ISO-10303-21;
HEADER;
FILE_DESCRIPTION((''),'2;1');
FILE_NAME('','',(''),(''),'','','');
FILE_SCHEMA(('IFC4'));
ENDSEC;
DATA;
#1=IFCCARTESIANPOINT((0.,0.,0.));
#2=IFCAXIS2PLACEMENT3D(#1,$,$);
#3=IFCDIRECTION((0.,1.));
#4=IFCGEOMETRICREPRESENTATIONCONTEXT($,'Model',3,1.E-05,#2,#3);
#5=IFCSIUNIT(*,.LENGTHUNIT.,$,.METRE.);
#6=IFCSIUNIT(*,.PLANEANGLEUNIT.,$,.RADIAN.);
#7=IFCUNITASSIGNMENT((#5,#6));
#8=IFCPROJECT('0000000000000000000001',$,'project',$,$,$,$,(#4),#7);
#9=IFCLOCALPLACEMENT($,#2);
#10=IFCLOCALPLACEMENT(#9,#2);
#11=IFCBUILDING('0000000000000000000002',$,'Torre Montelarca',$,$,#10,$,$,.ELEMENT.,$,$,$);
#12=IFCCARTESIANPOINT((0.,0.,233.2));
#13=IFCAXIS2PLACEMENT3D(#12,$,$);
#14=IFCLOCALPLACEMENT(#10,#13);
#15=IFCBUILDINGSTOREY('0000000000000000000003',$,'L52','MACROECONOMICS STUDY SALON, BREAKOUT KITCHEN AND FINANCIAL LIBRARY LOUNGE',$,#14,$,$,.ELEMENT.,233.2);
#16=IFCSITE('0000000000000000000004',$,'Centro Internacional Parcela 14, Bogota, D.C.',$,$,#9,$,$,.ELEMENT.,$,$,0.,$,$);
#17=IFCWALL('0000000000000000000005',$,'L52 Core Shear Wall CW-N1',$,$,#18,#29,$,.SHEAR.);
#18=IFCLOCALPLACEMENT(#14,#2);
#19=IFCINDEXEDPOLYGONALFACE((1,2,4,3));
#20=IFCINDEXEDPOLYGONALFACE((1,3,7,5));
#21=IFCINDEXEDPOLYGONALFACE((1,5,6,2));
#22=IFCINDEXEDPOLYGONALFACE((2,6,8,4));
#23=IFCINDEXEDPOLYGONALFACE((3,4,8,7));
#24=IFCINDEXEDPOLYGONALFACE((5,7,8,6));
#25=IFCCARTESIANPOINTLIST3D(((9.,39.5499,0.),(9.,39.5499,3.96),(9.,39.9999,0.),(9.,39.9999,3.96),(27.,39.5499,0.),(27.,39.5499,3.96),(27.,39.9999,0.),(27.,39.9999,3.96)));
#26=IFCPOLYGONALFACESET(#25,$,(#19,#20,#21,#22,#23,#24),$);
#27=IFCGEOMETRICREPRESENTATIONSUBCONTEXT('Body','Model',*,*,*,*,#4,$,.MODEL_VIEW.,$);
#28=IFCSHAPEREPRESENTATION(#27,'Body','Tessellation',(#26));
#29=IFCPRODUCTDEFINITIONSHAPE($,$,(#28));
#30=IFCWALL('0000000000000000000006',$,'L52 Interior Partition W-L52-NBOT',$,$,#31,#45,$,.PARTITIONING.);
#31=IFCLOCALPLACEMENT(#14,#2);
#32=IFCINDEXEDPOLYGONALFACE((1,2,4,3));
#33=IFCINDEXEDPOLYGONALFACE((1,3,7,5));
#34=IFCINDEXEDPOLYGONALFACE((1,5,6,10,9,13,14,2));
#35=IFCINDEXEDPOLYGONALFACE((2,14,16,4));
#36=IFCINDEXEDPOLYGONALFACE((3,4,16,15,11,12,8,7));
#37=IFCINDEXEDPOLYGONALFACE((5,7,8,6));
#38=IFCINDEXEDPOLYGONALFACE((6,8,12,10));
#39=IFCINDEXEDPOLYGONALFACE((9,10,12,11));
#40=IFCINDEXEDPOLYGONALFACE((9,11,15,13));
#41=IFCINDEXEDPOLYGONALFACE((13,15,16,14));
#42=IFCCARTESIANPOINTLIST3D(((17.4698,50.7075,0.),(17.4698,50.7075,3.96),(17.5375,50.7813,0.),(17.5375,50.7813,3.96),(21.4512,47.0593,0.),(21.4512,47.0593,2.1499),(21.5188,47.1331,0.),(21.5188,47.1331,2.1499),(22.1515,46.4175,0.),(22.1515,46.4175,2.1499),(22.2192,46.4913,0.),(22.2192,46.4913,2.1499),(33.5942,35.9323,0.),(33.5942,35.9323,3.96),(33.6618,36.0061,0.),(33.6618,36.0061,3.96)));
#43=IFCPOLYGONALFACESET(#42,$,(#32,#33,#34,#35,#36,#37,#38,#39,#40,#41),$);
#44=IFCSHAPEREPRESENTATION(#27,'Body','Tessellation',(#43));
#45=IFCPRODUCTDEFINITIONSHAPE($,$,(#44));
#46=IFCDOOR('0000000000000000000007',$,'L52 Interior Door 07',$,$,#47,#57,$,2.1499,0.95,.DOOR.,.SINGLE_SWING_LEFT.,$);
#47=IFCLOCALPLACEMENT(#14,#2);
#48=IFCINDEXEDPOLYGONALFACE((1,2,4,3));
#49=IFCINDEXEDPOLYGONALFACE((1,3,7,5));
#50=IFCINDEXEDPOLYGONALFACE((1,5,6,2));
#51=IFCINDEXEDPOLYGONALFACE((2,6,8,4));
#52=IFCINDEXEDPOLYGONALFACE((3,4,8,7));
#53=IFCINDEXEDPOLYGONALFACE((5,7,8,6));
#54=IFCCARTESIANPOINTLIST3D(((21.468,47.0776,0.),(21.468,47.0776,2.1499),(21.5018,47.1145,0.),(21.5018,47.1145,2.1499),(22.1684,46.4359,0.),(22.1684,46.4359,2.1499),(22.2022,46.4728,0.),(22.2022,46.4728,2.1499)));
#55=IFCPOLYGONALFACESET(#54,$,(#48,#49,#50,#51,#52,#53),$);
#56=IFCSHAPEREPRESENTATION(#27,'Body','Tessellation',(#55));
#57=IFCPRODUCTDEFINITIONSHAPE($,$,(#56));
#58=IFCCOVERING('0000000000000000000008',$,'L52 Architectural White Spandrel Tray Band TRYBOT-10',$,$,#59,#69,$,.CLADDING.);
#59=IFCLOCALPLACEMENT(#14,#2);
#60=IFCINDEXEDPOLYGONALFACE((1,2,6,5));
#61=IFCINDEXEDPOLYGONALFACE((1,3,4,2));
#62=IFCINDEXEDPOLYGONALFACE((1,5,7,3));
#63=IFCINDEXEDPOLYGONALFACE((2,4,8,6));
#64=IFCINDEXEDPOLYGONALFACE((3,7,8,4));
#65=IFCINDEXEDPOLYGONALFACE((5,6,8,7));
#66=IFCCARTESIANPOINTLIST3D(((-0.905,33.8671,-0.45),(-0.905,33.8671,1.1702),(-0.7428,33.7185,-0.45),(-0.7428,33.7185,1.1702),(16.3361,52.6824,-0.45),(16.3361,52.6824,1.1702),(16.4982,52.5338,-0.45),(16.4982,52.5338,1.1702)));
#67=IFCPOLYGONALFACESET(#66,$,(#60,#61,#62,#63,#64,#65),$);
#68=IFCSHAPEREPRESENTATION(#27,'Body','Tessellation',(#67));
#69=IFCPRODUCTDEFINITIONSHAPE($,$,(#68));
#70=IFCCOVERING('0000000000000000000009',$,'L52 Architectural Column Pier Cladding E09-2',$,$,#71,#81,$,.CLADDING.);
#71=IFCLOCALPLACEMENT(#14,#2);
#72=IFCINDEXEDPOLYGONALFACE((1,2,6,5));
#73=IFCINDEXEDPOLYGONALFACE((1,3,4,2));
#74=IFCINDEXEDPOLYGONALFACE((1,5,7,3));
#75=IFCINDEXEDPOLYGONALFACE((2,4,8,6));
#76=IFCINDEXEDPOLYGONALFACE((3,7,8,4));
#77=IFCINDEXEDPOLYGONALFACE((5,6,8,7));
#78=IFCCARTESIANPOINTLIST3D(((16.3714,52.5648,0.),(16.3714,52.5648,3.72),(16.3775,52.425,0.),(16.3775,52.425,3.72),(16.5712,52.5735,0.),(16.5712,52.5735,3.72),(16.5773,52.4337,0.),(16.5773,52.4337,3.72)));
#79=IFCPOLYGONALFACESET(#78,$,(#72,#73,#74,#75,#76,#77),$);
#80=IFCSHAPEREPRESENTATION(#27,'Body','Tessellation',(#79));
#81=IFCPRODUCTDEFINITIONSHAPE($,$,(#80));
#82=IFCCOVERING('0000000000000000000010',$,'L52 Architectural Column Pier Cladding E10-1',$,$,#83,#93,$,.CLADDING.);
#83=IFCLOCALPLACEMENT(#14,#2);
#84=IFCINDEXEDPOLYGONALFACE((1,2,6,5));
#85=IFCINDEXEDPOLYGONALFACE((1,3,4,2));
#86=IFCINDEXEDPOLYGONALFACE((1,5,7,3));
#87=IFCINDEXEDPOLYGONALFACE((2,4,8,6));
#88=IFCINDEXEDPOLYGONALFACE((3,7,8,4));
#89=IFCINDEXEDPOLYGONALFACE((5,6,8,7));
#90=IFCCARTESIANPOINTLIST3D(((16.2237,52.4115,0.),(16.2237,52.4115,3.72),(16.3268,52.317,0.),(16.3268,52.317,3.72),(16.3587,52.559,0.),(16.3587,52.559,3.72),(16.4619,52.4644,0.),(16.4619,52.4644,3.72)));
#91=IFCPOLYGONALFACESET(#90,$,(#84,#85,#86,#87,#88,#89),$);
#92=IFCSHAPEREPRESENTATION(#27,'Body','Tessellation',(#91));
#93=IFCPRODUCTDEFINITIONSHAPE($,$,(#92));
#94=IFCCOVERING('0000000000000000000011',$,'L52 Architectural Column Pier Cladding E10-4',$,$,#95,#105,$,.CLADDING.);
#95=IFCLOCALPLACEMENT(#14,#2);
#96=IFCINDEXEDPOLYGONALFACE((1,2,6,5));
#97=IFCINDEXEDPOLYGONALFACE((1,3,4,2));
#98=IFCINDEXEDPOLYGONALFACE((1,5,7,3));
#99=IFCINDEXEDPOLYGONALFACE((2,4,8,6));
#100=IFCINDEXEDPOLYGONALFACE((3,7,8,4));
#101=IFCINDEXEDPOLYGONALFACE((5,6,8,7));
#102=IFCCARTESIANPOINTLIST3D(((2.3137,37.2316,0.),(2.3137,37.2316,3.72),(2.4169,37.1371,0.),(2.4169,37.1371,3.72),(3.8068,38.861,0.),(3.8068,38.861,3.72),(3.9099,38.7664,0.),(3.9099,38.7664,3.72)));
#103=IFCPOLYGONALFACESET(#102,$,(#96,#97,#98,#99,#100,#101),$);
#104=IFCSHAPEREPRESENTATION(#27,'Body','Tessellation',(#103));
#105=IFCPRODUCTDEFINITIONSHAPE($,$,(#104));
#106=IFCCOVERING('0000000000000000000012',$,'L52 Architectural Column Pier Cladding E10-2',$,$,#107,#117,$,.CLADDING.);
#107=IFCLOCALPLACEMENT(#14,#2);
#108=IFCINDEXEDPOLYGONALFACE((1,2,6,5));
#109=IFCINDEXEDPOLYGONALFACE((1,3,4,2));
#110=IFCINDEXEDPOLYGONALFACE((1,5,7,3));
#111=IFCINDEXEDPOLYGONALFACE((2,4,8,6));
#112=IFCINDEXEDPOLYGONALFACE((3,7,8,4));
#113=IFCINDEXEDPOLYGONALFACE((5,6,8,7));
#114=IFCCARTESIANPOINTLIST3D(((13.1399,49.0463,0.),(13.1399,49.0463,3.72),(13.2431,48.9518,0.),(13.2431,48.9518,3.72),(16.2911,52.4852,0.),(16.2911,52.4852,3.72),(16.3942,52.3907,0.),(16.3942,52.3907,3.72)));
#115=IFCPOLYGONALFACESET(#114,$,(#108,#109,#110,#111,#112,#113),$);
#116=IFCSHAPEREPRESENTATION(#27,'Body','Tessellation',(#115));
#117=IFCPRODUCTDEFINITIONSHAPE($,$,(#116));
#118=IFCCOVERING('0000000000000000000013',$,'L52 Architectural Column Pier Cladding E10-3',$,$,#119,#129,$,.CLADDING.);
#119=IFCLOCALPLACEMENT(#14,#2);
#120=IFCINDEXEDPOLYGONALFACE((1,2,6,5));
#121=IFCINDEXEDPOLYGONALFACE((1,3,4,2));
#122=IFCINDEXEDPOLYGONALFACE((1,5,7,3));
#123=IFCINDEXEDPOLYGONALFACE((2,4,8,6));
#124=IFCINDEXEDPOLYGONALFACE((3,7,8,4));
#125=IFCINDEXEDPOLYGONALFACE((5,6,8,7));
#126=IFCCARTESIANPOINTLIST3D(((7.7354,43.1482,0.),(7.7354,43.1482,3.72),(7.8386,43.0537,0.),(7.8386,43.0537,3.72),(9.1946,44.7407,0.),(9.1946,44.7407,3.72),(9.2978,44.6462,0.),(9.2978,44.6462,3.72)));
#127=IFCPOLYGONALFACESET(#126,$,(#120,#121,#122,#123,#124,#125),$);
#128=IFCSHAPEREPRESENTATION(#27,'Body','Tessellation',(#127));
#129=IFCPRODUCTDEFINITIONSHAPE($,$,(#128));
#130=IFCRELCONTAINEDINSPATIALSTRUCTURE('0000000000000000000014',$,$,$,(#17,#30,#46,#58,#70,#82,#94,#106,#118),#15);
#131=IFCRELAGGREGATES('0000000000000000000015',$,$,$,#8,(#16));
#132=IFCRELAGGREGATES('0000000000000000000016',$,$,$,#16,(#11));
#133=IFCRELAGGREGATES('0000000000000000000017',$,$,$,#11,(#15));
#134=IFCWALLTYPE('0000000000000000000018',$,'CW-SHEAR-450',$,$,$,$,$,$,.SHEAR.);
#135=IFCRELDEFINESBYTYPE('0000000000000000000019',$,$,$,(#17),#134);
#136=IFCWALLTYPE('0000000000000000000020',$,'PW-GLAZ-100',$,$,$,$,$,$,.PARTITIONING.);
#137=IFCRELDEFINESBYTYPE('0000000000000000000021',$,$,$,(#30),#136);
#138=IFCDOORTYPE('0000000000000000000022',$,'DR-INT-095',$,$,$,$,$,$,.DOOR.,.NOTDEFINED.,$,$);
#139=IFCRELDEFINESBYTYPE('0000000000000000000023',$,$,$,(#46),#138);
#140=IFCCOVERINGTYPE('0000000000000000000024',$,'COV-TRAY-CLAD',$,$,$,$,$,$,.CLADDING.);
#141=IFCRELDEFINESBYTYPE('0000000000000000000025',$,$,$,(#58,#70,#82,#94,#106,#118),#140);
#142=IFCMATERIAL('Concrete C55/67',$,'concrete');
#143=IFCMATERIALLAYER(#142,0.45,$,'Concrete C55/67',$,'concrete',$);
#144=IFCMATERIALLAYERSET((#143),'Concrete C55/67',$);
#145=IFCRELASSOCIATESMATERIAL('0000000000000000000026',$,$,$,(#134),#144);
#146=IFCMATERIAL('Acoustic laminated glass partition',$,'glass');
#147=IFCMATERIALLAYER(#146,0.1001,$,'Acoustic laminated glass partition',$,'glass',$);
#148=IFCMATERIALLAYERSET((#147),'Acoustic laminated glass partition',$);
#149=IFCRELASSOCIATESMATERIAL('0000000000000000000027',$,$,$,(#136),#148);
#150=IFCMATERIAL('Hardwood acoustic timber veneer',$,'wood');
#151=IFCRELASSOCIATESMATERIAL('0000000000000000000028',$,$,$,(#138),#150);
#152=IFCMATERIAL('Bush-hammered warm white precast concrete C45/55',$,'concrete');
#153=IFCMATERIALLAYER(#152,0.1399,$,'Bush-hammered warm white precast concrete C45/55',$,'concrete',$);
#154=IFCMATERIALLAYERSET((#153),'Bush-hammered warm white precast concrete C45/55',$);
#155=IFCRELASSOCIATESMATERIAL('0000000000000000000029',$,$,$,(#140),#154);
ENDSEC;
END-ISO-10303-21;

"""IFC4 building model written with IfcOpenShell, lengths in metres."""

from ifc_helpers import new_model, si_unit, direction, frame, frame_2d, origin, origin_2d, place, context, subcontext, project, spatial, rectangle, extrude, source, transform, mapped, material, layer, layer_set, type_object, element, fill, save


model = new_model("IFC4")

# Units and contexts
model_context = context("Model", 3, precision=1e-05, world=origin(), true_north=direction((0.0, 1.0)))
body_context = subcontext(model_context, "Body", "Model", "MODEL_VIEW")
ifc_project = project(units=[si_unit("LENGTHUNIT", "METRE"), si_unit("PLANEANGLEUNIT", "RADIAN")], contexts=[model_context])

# Site, building, storey
site_placement = place(None, origin())
site = spatial("IfcSite", under=ifc_project, at=site_placement, Name="Centro Internacional Parcela 14, Bogota, D.C.", CompositionType="ELEMENT", RefElevation=0.0)
building_placement = place(site_placement, origin())
building = spatial("IfcBuilding", under=site, at=building_placement, Name="Torre Montelarca", CompositionType="ELEMENT")
storey_placement = place(building_placement, frame((0.0, 0.0, 233.2)))
storey = spatial("IfcBuildingStorey", under=building, at=storey_placement, Name="L52", Description="MACROECONOMICS STUDY SALON, BREAKOUT KITCHEN AND FINANCIAL LIBRARY LOUNGE", CompositionType="ELEMENT", Elevation=233.2)

# Shared definitions
ifc_material_1 = material(Name="Concrete C55/67", Category="concrete")

# Wall
ifc_layer_1 = layer(ifc_material_1, 0.45, Name="Concrete C55/67", Category="concrete")
ifc_layer_set_1 = layer_set([ifc_layer_1], Name="Concrete C55/67")
wall_type_1 = type_object("IfcWallType", Name="CW-SHEAR-450", PredefinedType="SHEAR", material=ifc_layer_set_1)
wall_1_placement = place(storey_placement, frame((9.0, 39.7749, 0.0), z_axis=(0.0, 0.0, 1.0), x_axis=(1.0, 0.0, 0.0)))
element("IfcWall", 1, at=wall_1_placement, inside=storey, type_object=wall_type_1, Name="L52 Core Shear Wall CW-N1", PredefinedType="SHEAR", context=body_context, shape_type="SweptSolid", body=[
    extrude(rectangle(XDim=18.0, YDim=0.45, at=frame_2d((9.0, 0.0))), origin(), (0.0, 0.0, 1.0), 3.96),
])

# Wall, opening, door
ifc_material_2 = material(Name="Acoustic laminated glass partition", Category="glass")
ifc_layer_2 = layer(ifc_material_2, 0.1001, Name="Acoustic laminated glass partition", Category="glass")
ifc_layer_set_2 = layer_set([ifc_layer_2], Name="Acoustic laminated glass partition")
wall_type_2 = type_object("IfcWallType", Name="PW-GLAZ-100", PredefinedType="PARTITIONING", material=ifc_layer_set_2)
wall_2_placement = place(storey_placement, frame((17.5037, 50.7444, 0.0), z_axis=(0.0, 0.0, 1.0), x_axis=(0.737278, -0.67559, 0.0)))
wall_2 = element("IfcWall", 2, at=wall_2_placement, inside=storey, type_object=wall_type_2, Name="L52 Interior Partition W-L52-NBOT", PredefinedType="PARTITIONING", context=body_context, shape_type="SweptSolid", body=[
    extrude(rectangle(XDim=21.8701, YDim=0.1001, at=frame_2d((10.9351, 0.0))), origin(), (0.0, 0.0, 1.0), 3.96),
])
opening_placement = place(wall_2_placement, frame((5.3999, 0.0, 0.0)))
opening = element("IfcOpeningElement", 3, at=opening_placement, cuts=wall_2, PredefinedType="OPENING", context=body_context, shape_type="SweptSolid", body=[
    extrude(rectangle(XDim=0.95, YDim=2.1499, at=frame_2d((0.4751, 1.075))), frame((0.0, 0.0601, 0.0), z_axis=(0.0, -1.0, 0.0), x_axis=(1.0, 0.0, 0.0)), (0.0, 0.0, 1.0), 0.1201),
])
ifc_material_3 = material(Name="Hardwood acoustic timber veneer", Category="wood")
door_type = type_object("IfcDoorType", Name="DR-INT-095", OperationType="NOTDEFINED", PredefinedType="DOOR", material=ifc_material_3)
shared_shape_1 = source(origin(), body_context, "Body", "SweptSolid", [
    extrude(rectangle(XDim=0.95, YDim=2.1499, at=frame_2d((0.4751, 1.075))), frame((0.0, 0.0249, 0.0), z_axis=(0.0, -1.0, 0.0), x_axis=(1.0, 0.0, 0.0)), (0.0, 0.0, 1.0), 0.05),
])
door_placement = place(opening_placement, origin())
door = element("IfcDoor", 4, at=door_placement, inside=storey, type_object=door_type, Name="L52 Interior Door 07", OperationType="SINGLE_SWING_LEFT", OverallHeight=2.1499, OverallWidth=0.95, PredefinedType="DOOR", context=body_context, shape_type="MappedRepresentation", body=[
    mapped(shared_shape_1, transform((0.0, 0.0, 0.0), scale=1.0)),
])
fill(opening, door)

# Coverings
ifc_material_4 = material(Name="Bush-hammered warm white precast concrete C45/55", Category="concrete")
ifc_layer_3 = layer(ifc_material_4, 0.1399, Name="Bush-hammered warm white precast concrete C45/55", Category="concrete")
ifc_layer_set_3 = layer_set([ifc_layer_3], Name="Bush-hammered warm white precast concrete C45/55")
covering_type = type_object("IfcCoveringType", Name="COV-TRAY-CLAD", PredefinedType="CLADDING", material=ifc_layer_set_3)
shared_shape_2 = source(origin(), body_context, "Body", "SweptSolid", [
    extrude(rectangle(XDim=25.52, YDim=0.22, at=origin_2d()), origin(), (0.0, 0.0, 1.0), 1.6201),
])
covering_1_placement = place(storey_placement, frame((7.7966, 43.2004, -0.45), z_axis=(0.0, 0.0, 1.0), x_axis=(-0.675589, -0.737279, 0.0)))
element("IfcCovering", 5, at=covering_1_placement, inside=storey, type_object=covering_type, Name="L52 Architectural White Spandrel Tray Band TRYBOT-10", PredefinedType="CLADDING", context=body_context, shape_type="MappedRepresentation", body=[
    mapped(shared_shape_2, transform((0.0, 0.0, 0.0), scale=1.0)),
])
shared_shape_3 = source(origin(), body_context, "Body", "SweptSolid", [
    extrude(rectangle(XDim=0.2, YDim=0.1399, at=origin_2d()), origin(), (0.0, 0.0, 1.0), 3.72),
])
for number, where, z_axis, x_axis, name in (
    (6, (16.4744, 52.4993, 0.0), (0.0, 0.0, 1.0), (-0.999048, -0.043628, 0.0), "L52 Architectural Column Pier Cladding E09-2"),
    (7, (16.3428, 52.438, 0.0), (0.0, 0.0, 1.0), (-0.675589, -0.737279, 0.0), "L52 Architectural Column Pier Cladding E10-1"),
):
    element("IfcCovering", number, at=place(storey_placement, frame(where, z_axis=z_axis, x_axis=x_axis)), inside=storey, type_object=covering_type, Name=name, PredefinedType="CLADDING", context=body_context, shape_type="MappedRepresentation", body=[
        mapped(shared_shape_3, transform((0.0, 0.0, 0.0), scale=1.0)),
    ])
shared_shape_4 = source(origin(), body_context, "Body", "SweptSolid", [
    extrude(rectangle(XDim=2.21, YDim=0.1399, at=origin_2d()), origin(), (0.0, 0.0, 1.0), 3.72),
])
covering_2_placement = place(storey_placement, frame((3.1118, 37.999, 0.0), z_axis=(0.0, 0.0, 1.0), x_axis=(-0.675589, -0.737279, 0.0)))
element("IfcCovering", 8, at=covering_2_placement, inside=storey, type_object=covering_type, Name="L52 Architectural Column Pier Cladding E10-4", PredefinedType="CLADDING", context=body_context, shape_type="MappedRepresentation", body=[
    mapped(shared_shape_4, transform((0.0, 0.0, 0.0), scale=1.0)),
])
shared_shape_5 = source(origin(), body_context, "Body", "SweptSolid", [
    extrude(rectangle(XDim=4.6643, YDim=0.1399, at=origin_2d()), origin(), (0.0, 0.0, 1.0), 3.72),
])
covering_3_placement = place(storey_placement, frame((14.7671, 50.7185, 0.0), z_axis=(0.0, 0.0, 1.0), x_axis=(-0.675589, -0.737279, 0.0)))
element("IfcCovering", 9, at=covering_3_placement, inside=storey, type_object=covering_type, Name="L52 Architectural Column Pier Cladding E10-2", PredefinedType="CLADDING", context=body_context, shape_type="MappedRepresentation", body=[
    mapped(shared_shape_5, transform((0.0, 0.0, 0.0), scale=1.0)),
])
shared_shape_6 = source(origin(), body_context, "Body", "SweptSolid", [
    extrude(rectangle(XDim=2.1599, YDim=0.1399, at=origin_2d()), origin(), (0.0, 0.0, 1.0), 3.72),
])
covering_4_placement = place(storey_placement, frame((8.5166, 43.8972, 0.0), z_axis=(0.0, 0.0, 1.0), x_axis=(-0.675589, -0.737279, 0.0)))
element("IfcCovering", 10, at=covering_4_placement, inside=storey, type_object=covering_type, Name="L52 Architectural Column Pier Cladding E10-3", PredefinedType="CLADDING", context=body_context, shape_type="MappedRepresentation", body=[
    mapped(shared_shape_6, transform((0.0, 0.0, 0.0), scale=1.0)),
])

save(model, "model.ifc")
